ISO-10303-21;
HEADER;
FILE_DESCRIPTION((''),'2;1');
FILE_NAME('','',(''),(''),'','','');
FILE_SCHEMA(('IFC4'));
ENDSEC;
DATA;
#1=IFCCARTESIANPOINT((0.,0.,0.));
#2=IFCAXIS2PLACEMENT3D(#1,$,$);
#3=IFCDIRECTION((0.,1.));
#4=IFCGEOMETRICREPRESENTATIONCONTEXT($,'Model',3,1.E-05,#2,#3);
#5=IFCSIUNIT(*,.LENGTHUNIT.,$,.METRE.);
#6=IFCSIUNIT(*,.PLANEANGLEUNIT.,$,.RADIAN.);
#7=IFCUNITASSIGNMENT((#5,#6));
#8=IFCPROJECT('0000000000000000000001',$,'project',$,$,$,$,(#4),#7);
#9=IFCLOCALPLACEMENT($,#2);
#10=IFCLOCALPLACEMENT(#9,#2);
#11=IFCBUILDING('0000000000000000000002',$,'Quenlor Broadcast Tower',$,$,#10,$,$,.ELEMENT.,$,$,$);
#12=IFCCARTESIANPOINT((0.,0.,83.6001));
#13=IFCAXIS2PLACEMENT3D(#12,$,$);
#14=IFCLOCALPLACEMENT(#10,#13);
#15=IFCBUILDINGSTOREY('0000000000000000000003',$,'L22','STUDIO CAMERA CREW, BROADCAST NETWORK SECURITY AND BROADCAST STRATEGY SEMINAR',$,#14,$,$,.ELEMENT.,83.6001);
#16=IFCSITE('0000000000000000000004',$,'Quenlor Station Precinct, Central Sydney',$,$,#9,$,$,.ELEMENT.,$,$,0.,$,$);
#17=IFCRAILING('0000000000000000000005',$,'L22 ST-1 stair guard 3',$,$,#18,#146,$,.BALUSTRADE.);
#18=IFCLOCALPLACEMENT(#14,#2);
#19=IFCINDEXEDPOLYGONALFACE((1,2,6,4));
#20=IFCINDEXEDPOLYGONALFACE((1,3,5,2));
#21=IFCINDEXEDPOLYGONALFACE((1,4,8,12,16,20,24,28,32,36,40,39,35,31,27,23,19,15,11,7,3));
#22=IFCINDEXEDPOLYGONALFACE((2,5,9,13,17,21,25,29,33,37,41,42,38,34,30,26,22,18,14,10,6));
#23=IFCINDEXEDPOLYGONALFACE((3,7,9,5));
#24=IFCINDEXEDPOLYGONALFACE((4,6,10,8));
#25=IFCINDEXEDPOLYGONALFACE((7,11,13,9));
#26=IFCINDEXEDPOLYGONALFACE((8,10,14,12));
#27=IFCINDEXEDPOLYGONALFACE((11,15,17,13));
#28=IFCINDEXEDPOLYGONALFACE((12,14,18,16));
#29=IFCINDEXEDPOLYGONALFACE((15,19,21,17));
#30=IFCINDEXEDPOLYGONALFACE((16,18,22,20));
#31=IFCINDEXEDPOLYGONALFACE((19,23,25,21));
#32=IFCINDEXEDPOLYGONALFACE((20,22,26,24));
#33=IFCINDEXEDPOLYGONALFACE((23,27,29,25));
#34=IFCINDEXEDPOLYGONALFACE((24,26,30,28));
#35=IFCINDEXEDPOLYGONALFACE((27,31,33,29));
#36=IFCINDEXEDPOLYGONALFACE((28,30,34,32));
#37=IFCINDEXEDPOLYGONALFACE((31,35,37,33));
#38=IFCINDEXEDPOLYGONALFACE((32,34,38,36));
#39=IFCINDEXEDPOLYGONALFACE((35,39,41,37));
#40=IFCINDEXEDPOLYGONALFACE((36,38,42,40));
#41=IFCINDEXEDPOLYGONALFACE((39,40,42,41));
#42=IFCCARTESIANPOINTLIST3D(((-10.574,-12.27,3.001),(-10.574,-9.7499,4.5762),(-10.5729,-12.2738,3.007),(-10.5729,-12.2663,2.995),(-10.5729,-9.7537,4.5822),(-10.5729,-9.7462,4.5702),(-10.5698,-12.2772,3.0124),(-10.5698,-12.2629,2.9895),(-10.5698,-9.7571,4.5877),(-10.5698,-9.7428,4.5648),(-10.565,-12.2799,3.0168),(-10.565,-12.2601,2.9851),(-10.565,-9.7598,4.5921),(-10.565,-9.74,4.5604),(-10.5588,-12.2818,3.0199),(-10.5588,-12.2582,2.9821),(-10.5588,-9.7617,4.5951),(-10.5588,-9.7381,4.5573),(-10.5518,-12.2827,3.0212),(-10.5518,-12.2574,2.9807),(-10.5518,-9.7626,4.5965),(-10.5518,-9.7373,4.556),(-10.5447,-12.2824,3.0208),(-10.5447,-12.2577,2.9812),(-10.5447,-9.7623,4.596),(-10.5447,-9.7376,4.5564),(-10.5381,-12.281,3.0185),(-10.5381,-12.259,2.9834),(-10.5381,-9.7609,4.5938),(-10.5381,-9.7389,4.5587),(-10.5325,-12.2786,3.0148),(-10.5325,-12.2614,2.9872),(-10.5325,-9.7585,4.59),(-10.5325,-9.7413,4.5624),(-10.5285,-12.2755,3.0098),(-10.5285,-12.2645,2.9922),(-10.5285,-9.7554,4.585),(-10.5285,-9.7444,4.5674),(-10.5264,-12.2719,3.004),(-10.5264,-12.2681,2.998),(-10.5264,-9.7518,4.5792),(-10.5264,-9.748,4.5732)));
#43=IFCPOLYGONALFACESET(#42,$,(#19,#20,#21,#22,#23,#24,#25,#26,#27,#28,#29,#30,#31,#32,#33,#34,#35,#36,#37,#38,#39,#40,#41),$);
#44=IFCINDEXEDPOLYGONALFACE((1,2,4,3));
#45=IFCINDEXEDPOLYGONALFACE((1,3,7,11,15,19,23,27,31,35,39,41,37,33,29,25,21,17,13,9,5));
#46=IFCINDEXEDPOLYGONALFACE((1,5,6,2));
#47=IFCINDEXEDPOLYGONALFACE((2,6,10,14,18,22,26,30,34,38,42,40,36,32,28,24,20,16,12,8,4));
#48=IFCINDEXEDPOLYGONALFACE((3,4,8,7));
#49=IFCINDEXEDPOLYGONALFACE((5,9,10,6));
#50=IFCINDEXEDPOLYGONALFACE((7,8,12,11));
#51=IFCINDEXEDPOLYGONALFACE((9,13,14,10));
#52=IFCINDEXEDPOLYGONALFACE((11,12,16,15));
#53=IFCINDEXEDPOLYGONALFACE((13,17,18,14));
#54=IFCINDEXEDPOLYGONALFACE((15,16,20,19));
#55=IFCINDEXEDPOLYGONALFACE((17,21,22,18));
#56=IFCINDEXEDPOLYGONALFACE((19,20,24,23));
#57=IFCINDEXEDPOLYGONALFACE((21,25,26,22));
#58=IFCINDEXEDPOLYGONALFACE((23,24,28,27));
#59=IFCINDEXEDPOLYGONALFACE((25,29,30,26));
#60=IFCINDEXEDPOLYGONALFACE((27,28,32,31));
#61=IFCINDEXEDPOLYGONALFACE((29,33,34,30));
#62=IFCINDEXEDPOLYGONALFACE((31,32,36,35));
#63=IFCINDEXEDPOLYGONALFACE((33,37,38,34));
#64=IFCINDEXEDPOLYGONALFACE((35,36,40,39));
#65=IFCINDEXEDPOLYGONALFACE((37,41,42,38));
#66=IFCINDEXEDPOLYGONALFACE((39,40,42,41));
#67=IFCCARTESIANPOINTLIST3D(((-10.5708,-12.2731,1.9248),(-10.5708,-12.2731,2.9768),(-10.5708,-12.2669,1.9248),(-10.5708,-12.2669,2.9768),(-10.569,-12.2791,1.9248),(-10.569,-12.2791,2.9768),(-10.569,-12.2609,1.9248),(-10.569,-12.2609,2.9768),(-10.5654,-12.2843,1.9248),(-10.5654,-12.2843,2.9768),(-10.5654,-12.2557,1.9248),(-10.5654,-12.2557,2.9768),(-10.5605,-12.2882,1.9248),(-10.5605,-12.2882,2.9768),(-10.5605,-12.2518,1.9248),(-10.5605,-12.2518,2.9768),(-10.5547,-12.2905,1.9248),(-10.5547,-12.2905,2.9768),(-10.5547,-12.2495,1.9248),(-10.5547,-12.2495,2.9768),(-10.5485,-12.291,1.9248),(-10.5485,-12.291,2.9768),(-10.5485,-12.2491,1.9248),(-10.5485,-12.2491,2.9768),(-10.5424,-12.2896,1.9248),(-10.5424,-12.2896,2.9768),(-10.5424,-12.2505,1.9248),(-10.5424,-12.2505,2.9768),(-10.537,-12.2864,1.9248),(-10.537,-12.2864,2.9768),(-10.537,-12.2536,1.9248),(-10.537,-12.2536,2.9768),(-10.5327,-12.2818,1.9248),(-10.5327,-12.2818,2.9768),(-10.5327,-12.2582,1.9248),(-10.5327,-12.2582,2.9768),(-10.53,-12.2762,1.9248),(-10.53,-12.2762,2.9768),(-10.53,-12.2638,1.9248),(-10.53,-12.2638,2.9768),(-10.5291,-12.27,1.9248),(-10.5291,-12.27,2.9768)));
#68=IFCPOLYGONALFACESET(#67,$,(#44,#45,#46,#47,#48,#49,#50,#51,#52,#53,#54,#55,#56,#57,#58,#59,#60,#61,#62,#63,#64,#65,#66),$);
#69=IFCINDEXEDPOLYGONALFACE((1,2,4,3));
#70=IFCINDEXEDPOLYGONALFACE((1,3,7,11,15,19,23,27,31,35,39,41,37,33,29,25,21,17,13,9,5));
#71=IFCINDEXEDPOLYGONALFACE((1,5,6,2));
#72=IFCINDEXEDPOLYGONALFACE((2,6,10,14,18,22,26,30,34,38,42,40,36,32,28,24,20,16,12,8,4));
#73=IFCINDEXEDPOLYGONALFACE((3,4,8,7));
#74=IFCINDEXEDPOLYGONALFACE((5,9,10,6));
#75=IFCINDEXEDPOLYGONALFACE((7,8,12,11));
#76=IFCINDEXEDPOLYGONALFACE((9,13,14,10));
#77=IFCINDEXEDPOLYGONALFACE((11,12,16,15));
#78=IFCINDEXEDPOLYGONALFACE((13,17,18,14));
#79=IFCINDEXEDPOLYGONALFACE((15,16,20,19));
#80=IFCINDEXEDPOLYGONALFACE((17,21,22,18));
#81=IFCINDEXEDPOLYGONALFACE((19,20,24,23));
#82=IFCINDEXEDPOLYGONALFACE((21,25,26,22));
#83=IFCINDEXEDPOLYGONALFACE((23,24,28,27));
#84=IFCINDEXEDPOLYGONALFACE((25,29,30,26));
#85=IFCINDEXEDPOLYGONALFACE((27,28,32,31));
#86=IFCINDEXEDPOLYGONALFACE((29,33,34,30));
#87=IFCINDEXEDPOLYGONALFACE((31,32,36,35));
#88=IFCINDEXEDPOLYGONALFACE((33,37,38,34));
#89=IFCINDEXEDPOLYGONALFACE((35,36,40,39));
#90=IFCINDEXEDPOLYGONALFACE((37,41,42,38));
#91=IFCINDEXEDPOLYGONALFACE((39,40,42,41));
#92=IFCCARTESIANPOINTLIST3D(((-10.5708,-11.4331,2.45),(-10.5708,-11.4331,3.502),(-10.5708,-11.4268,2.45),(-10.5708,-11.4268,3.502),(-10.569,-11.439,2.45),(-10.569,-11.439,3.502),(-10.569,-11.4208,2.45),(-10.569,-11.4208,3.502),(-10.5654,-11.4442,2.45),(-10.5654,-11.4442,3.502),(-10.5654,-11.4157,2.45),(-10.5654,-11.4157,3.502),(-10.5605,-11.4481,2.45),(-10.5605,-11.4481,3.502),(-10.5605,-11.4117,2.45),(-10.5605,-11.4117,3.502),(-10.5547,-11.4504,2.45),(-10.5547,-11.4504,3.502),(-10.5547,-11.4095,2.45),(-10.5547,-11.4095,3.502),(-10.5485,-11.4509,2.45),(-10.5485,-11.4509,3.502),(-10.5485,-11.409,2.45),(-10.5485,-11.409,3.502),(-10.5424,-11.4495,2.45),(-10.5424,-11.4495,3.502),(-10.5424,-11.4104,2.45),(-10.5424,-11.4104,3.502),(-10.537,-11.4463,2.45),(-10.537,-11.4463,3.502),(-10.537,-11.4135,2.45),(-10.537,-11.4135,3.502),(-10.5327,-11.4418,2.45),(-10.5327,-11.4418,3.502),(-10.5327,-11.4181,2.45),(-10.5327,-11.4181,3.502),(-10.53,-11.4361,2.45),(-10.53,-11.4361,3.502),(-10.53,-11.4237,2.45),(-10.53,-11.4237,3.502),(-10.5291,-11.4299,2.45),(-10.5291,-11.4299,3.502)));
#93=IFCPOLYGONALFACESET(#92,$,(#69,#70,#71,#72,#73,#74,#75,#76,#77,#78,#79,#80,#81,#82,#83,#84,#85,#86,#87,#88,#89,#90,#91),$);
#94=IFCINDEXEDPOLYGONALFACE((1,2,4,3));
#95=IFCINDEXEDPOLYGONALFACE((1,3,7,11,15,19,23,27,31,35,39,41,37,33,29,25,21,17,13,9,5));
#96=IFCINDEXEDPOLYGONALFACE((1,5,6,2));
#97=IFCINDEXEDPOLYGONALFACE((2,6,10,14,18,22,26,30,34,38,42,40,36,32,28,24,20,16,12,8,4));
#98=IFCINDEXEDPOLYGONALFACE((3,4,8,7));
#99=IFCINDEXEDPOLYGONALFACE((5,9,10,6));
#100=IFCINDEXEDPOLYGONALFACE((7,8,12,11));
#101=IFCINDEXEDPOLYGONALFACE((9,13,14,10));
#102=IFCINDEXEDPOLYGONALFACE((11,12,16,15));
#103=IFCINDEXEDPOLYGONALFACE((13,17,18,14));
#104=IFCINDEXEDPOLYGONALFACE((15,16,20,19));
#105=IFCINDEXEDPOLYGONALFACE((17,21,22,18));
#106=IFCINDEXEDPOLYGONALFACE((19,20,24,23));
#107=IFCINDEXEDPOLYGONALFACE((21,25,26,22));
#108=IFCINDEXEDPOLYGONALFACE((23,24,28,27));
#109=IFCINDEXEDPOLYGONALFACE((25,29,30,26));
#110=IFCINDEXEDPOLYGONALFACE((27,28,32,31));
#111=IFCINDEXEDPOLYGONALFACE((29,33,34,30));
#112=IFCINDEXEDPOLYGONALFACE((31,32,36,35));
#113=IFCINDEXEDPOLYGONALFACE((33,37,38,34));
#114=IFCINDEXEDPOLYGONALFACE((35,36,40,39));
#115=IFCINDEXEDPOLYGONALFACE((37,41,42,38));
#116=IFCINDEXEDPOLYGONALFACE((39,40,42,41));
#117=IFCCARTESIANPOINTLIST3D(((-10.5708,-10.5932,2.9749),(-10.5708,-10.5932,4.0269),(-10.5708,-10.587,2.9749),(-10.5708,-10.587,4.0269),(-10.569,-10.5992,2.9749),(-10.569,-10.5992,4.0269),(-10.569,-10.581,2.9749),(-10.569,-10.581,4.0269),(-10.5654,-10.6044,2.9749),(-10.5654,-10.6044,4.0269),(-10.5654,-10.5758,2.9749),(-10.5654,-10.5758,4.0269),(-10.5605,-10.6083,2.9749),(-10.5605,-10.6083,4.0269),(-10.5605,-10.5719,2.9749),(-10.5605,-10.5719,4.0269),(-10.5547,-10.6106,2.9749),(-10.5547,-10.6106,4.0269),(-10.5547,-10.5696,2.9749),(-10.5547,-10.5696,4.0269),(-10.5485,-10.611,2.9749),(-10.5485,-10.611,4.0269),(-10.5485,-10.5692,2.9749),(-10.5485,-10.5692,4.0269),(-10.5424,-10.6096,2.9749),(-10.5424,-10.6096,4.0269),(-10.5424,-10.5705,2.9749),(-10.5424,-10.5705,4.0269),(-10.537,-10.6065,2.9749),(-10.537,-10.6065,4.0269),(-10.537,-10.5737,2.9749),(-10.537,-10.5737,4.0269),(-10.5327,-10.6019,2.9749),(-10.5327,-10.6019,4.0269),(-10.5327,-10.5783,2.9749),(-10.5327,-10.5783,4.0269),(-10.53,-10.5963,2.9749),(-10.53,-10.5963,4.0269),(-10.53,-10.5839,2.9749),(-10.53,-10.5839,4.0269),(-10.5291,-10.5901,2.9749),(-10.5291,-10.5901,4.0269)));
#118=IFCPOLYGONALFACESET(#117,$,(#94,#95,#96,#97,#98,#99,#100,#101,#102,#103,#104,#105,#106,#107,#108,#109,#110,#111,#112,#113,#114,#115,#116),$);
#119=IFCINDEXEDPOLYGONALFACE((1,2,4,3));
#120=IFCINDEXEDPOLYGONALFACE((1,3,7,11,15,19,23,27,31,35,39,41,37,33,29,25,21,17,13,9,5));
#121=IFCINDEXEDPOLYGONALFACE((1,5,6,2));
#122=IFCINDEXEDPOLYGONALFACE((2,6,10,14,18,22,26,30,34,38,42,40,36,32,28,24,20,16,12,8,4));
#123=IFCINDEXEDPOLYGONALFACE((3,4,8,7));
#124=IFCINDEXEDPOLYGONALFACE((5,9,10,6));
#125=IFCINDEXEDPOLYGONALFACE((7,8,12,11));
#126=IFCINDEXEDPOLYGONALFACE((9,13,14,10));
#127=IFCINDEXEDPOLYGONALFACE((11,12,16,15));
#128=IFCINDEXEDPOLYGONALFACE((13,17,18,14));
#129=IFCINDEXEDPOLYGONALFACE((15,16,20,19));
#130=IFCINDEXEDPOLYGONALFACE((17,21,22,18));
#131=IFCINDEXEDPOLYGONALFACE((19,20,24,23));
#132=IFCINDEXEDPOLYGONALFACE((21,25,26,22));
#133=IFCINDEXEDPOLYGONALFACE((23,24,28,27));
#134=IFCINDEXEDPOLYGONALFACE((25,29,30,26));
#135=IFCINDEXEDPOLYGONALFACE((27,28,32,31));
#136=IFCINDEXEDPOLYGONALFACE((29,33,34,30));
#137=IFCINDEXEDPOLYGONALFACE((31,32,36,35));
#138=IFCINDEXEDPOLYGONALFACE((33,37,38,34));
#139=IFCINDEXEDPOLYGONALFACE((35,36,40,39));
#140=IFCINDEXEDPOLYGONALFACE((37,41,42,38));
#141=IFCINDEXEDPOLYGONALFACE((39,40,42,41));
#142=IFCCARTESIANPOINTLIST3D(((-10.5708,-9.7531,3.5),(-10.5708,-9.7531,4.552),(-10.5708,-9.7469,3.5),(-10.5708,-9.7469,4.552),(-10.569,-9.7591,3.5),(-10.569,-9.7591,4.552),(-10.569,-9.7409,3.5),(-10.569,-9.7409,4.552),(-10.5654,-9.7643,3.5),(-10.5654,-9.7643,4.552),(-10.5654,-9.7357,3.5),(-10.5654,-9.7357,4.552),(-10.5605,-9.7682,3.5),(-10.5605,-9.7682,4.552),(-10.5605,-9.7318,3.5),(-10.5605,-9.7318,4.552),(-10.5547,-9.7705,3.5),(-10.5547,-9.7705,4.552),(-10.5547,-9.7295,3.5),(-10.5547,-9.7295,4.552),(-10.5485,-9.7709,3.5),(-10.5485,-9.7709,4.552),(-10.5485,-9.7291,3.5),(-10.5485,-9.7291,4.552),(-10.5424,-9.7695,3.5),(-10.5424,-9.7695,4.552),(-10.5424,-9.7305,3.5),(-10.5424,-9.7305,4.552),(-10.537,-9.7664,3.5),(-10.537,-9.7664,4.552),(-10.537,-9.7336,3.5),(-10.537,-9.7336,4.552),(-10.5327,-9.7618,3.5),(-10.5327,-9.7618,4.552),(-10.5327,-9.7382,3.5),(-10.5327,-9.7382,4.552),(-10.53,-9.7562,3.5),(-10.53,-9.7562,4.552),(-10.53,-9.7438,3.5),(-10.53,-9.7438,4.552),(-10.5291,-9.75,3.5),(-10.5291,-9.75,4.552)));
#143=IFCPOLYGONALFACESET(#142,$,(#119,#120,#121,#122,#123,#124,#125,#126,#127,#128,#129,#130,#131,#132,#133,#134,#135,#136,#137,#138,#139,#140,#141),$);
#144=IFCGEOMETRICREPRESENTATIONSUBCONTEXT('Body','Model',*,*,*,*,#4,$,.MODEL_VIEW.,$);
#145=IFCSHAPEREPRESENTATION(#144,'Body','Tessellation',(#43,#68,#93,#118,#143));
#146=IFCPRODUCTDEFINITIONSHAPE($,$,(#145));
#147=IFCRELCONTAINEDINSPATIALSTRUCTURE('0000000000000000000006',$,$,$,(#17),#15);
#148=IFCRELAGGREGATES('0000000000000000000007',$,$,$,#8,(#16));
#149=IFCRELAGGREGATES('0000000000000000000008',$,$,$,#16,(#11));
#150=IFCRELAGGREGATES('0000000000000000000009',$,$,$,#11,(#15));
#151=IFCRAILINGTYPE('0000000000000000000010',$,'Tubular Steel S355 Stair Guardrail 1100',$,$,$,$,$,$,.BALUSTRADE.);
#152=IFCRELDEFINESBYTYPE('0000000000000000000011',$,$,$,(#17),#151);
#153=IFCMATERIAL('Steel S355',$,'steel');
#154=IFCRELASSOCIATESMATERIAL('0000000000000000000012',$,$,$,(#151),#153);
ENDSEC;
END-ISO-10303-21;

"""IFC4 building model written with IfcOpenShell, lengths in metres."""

from ifc_helpers import new_model, si_unit, direction, frame, origin, origin_2d, place, context, subcontext, project, spatial, circle, extrude, material, type_object, element, save


model = new_model("IFC4")

# Units and contexts
model_context = context("Model", 3, precision=1e-05, world=origin(), true_north=direction((0.0, 1.0)))
body_context = subcontext(model_context, "Body", "Model", "MODEL_VIEW")
ifc_project = project(units=[si_unit("LENGTHUNIT", "METRE"), si_unit("PLANEANGLEUNIT", "RADIAN")], contexts=[model_context])

# Site, building, storey
site_placement = place(None, origin())
site = spatial("IfcSite", under=ifc_project, at=site_placement, Name="Quenlor Station Precinct, Central Sydney", CompositionType="ELEMENT", RefElevation=0.0)
building_placement = place(site_placement, origin())
building = spatial("IfcBuilding", under=site, at=building_placement, Name="Quenlor Broadcast Tower", CompositionType="ELEMENT")
storey_placement = place(building_placement, frame((0.0, 0.0, 83.6001)))
storey = spatial("IfcBuildingStorey", under=building, at=storey_placement, Name="L22", Description="STUDIO CAMERA CREW, BROADCAST NETWORK SECURITY AND BROADCAST STRATEGY SEMINAR", CompositionType="ELEMENT", Elevation=83.6001)

# Railing
ifc_material_1 = material(Name="Steel S355", Category="steel")
railing_type_1 = type_object("IfcRailingType", Name="Tubular Steel S355 Stair Guardrail 1100", PredefinedType="BALUSTRADE", material=ifc_material_1)
railing_1_placement = place(storey_placement, frame((-10.55, -12.27, 1.9248)))
element("IfcRailing", 1, at=railing_1_placement, inside=storey, type_object=railing_type_1, Name="L22 ST-1 stair guard 3", PredefinedType="BALUSTRADE", context=body_context, shape_type="SweptSolid", body=[
    extrude(circle(Radius=0.0239, at=origin_2d()), frame((0.0, 0.0, 1.0762), z_axis=(0.0, 0.847971, 0.530043), x_axis=(-1.0, 0.0, 0.0)), (0.0, 0.0, 1.0), 2.9719),
    extrude(circle(Radius=0.021, at=origin_2d()), origin(), (0.0, 0.0, 1.0), 1.052),
    extrude(circle(Radius=0.021, at=origin_2d()), frame((0.0, 0.8401, 0.5251)), (0.0, 0.0, 1.0), 1.052),
    extrude(circle(Radius=0.021, at=origin_2d()), frame((0.0, 1.6799, 1.05)), (0.0, 0.0, 1.0), 1.052),
    extrude(circle(Radius=0.021, at=origin_2d()), frame((0.0, 2.52, 1.5752)), (0.0, 0.0, 1.0), 1.052),
])

save(model, "model.ifc")
